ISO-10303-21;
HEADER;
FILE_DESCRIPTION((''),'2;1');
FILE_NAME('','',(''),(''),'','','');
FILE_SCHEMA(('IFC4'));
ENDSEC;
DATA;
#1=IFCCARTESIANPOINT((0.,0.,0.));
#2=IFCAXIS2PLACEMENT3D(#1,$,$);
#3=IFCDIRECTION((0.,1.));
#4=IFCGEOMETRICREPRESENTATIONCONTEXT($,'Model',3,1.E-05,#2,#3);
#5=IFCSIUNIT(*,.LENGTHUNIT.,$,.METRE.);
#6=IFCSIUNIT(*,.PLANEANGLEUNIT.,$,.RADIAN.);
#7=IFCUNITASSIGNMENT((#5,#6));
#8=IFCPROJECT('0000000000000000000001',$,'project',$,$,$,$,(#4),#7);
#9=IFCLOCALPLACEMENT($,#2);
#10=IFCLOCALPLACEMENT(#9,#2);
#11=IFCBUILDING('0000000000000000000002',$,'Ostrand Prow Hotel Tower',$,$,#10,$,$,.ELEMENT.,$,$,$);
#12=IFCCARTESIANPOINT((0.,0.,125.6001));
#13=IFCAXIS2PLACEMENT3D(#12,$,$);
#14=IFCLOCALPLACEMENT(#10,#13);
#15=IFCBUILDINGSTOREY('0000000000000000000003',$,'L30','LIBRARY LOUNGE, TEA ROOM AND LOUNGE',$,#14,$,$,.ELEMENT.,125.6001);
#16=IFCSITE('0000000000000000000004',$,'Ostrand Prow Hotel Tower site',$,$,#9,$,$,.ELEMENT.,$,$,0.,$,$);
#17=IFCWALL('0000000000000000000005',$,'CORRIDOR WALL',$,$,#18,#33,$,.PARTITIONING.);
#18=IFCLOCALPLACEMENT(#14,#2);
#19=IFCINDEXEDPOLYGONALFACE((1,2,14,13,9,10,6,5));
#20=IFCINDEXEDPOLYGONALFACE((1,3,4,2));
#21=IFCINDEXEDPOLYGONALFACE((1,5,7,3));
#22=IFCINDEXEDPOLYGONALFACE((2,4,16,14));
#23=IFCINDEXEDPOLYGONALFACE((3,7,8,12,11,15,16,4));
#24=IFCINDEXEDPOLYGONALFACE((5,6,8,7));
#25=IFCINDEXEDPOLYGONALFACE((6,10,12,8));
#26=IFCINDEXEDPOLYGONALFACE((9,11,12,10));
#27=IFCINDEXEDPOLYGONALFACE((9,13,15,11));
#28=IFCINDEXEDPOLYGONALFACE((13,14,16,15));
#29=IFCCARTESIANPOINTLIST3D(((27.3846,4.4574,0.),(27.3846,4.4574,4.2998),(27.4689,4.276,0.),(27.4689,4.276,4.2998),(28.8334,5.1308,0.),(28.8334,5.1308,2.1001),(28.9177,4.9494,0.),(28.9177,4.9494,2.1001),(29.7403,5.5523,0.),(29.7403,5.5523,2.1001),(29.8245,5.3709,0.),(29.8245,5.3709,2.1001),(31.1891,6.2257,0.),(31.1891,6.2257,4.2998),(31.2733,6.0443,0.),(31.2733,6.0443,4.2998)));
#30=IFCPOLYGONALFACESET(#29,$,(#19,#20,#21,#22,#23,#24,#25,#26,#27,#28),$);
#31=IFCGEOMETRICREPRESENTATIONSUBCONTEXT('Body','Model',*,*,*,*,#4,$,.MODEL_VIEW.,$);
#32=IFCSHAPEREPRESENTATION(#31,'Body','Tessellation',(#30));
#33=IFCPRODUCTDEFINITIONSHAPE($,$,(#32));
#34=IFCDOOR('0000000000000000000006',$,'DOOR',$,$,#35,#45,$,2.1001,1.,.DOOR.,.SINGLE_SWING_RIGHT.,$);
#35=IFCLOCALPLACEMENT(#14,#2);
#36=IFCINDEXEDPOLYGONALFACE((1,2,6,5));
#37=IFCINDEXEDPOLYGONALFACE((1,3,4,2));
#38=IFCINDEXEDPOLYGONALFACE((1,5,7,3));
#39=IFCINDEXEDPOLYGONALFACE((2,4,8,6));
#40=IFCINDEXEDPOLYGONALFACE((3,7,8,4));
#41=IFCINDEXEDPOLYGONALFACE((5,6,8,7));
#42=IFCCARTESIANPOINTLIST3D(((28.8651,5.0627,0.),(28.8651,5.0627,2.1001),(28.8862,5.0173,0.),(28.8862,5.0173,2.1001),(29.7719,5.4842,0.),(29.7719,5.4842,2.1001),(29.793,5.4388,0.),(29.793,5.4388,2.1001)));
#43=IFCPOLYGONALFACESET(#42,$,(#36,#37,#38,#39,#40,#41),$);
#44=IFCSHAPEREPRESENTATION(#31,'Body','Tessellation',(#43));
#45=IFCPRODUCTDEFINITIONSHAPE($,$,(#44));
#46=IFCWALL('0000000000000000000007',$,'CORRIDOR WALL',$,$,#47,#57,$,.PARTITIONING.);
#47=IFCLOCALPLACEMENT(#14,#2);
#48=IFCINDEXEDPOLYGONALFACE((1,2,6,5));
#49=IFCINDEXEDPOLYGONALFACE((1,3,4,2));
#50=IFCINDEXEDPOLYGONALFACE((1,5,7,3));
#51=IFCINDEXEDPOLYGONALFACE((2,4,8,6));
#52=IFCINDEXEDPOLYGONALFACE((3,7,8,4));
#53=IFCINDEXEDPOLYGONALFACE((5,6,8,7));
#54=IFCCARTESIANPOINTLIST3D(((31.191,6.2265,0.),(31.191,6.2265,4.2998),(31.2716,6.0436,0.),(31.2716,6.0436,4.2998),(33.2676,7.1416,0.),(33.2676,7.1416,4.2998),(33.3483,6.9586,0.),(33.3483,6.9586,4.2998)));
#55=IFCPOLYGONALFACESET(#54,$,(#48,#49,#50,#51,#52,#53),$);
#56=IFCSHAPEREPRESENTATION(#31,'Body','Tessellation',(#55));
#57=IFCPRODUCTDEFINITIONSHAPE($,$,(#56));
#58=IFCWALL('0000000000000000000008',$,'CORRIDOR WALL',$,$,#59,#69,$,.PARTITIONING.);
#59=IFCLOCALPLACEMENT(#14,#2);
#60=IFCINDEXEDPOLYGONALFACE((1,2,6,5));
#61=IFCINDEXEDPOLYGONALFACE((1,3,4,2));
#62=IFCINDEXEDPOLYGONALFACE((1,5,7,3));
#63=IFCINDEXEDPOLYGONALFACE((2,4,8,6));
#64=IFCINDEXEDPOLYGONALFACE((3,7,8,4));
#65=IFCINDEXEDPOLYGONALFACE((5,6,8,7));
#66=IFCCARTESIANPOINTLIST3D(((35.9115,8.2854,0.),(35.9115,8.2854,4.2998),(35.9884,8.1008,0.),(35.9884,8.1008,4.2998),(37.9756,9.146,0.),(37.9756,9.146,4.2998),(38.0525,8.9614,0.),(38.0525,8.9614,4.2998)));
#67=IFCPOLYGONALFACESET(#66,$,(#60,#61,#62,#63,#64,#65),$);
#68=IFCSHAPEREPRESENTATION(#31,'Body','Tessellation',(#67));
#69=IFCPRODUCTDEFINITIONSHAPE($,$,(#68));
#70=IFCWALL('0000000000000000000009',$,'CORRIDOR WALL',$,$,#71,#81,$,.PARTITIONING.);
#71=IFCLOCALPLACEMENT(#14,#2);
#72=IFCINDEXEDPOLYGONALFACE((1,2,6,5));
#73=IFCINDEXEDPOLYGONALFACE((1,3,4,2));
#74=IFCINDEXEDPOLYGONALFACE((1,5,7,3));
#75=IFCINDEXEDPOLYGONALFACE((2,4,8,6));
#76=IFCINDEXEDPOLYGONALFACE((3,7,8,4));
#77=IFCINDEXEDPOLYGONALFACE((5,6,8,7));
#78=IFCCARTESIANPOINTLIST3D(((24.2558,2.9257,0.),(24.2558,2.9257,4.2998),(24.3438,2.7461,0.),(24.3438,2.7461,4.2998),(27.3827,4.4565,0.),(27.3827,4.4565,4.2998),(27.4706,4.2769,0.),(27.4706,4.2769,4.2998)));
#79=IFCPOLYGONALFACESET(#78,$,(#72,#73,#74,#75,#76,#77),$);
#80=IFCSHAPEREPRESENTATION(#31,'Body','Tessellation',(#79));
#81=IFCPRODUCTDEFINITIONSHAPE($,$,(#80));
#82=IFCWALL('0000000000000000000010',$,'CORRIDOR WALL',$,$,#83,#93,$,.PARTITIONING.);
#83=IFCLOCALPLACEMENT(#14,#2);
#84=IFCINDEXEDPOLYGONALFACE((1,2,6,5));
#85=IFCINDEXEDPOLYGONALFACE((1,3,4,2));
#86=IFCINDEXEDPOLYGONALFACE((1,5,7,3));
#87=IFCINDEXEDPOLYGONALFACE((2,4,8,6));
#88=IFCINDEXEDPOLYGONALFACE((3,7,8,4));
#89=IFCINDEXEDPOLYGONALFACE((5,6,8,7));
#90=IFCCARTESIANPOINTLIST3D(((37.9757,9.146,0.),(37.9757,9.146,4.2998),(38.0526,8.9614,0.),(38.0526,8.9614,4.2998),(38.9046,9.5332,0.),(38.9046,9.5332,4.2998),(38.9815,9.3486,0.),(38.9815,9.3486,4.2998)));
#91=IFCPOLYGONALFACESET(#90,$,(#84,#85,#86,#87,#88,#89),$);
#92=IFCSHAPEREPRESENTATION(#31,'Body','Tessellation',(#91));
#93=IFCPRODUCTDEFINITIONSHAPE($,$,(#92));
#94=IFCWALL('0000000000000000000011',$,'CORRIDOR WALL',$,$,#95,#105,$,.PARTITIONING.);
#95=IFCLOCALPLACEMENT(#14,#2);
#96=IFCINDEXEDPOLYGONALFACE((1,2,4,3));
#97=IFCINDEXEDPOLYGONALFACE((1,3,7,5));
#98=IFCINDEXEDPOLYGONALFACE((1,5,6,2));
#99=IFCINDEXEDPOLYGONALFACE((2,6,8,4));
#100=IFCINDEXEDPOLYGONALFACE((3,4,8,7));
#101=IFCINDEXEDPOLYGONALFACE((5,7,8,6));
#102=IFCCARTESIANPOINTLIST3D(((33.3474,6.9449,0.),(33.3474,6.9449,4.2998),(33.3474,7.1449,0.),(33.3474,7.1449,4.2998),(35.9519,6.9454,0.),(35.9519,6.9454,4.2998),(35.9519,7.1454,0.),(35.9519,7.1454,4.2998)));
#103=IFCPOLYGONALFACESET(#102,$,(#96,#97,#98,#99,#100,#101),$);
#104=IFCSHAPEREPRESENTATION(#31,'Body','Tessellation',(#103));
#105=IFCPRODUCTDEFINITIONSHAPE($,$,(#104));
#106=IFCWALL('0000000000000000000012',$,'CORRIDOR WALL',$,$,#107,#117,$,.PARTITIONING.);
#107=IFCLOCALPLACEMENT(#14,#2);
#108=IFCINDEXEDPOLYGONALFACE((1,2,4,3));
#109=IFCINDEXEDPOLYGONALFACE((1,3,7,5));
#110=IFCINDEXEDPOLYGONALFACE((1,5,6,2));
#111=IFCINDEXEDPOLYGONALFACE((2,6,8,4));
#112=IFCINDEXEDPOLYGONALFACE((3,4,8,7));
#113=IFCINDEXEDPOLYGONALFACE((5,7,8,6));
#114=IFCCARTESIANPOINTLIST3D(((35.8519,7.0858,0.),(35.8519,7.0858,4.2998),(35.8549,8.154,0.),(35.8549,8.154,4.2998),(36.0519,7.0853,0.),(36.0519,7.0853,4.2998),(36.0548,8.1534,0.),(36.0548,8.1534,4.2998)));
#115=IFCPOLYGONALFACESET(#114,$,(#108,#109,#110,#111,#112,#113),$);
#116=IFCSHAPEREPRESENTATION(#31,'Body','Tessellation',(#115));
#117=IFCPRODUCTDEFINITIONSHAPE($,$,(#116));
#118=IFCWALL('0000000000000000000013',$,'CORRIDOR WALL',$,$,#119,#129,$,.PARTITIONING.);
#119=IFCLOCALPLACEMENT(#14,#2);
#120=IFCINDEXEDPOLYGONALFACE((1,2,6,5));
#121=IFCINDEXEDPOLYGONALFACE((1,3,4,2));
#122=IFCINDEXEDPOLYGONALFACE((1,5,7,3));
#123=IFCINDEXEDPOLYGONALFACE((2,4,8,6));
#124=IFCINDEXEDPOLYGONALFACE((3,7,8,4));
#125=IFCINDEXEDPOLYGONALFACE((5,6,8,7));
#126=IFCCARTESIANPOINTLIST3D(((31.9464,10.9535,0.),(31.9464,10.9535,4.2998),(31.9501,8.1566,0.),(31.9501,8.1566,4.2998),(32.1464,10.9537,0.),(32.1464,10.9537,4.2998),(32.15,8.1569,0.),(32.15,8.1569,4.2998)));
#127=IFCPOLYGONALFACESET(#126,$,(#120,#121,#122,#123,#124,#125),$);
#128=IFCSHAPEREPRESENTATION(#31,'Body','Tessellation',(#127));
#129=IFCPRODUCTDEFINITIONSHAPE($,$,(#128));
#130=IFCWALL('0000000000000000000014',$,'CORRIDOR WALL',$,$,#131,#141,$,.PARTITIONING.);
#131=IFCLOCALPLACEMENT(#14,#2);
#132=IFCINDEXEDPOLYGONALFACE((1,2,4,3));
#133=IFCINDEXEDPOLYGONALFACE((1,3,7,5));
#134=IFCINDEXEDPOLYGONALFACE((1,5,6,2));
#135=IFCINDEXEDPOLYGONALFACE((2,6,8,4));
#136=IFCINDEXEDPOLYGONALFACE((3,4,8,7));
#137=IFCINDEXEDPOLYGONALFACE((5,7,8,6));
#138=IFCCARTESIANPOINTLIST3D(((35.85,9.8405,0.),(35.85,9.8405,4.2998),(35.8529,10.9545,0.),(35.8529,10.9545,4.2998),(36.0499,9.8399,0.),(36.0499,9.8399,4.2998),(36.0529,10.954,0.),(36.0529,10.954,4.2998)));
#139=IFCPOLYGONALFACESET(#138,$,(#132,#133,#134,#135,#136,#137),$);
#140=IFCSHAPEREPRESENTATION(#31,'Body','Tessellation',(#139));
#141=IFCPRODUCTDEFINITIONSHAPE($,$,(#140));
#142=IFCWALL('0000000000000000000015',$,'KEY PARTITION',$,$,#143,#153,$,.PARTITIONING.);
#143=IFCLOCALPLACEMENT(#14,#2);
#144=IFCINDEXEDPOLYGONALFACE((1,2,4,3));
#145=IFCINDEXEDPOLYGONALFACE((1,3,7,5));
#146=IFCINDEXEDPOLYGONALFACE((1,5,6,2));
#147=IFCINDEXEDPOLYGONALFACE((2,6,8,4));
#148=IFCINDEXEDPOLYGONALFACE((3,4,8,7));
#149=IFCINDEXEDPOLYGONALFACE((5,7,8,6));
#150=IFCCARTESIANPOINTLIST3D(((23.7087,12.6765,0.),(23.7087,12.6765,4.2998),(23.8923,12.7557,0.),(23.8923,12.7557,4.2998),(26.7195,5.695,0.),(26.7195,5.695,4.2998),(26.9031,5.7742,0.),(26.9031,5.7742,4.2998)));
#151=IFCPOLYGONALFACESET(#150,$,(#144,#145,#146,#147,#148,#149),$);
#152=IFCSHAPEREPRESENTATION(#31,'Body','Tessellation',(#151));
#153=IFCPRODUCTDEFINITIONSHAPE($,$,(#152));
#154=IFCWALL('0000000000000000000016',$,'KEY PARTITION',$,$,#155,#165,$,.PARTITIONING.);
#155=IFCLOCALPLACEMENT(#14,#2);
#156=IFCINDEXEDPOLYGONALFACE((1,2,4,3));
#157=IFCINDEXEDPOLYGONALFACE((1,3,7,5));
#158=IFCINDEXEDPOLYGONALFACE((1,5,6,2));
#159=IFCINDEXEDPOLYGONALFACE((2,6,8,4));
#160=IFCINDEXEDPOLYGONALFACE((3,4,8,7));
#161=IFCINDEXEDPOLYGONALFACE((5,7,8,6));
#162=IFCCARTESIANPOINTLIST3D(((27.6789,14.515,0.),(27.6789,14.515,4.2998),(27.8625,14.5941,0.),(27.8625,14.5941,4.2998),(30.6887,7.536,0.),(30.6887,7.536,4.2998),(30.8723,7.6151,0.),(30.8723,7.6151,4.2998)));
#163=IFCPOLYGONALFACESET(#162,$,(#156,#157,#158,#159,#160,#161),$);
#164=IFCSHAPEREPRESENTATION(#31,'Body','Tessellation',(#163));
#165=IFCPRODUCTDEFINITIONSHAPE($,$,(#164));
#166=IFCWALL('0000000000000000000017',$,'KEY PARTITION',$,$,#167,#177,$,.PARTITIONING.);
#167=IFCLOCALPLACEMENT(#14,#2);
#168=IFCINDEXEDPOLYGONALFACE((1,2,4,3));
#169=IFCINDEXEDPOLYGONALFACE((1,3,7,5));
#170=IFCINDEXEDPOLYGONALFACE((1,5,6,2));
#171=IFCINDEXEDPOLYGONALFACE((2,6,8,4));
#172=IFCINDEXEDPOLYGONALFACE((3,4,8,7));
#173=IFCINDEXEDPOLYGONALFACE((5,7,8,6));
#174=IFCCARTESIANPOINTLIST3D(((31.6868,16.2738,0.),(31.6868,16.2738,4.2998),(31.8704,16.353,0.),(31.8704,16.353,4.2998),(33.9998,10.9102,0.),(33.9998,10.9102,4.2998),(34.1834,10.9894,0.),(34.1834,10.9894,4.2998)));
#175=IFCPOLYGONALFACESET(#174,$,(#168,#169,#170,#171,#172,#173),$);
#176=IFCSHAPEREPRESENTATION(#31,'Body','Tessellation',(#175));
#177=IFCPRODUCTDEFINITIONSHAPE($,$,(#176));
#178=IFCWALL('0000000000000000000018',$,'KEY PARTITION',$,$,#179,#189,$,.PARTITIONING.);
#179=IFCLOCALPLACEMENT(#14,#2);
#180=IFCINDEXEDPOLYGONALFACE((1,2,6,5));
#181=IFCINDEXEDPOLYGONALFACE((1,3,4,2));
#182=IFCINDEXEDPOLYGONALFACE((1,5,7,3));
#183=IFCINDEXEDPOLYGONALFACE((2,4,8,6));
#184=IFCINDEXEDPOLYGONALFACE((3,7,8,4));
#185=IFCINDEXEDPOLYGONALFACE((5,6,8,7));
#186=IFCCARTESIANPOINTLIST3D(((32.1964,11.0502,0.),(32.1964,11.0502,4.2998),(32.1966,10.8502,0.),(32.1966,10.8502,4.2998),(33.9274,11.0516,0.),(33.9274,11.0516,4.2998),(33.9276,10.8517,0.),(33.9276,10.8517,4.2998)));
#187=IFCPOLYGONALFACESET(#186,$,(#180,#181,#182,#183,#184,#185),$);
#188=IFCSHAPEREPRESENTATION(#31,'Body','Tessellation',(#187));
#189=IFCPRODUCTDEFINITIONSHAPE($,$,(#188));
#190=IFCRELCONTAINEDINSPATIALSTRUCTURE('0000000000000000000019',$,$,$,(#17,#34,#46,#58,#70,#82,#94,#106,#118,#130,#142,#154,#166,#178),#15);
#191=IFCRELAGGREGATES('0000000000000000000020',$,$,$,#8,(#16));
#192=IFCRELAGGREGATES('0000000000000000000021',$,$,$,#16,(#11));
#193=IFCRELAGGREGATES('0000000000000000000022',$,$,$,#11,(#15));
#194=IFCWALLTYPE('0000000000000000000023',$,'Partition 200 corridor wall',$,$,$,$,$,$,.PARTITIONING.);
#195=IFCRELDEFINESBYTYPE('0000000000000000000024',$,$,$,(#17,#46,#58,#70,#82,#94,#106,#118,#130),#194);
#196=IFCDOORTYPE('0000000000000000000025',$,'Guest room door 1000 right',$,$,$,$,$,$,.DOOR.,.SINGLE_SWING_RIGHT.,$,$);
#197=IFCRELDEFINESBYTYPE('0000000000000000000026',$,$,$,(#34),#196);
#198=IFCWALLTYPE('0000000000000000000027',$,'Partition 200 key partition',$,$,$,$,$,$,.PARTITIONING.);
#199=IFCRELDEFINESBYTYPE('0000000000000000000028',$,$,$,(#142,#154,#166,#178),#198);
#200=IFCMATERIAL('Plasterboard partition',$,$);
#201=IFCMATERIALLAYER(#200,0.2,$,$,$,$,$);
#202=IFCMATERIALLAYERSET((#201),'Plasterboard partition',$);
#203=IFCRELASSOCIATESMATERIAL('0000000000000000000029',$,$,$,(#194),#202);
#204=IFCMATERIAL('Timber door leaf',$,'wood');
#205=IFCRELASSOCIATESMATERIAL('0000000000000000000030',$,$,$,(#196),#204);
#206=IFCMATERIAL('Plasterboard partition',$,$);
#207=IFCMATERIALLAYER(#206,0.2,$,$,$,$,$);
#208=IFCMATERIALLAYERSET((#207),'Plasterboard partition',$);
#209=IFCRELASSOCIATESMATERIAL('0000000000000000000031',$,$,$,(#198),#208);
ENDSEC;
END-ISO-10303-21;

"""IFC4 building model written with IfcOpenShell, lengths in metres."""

from ifc_helpers import new_model, si_unit, direction, frame, frame_2d, origin, place, context, subcontext, project, spatial, rectangle, extrude, material, layer, layer_set, type_object, element, fill, save


model = new_model("IFC4")

# Units and contexts
model_context = context("Model", 3, precision=1e-05, world=origin(), true_north=direction((0.0, 1.0)))
body_context = subcontext(model_context, "Body", "Model", "MODEL_VIEW")
ifc_project = project(units=[si_unit("LENGTHUNIT", "METRE"), si_unit("PLANEANGLEUNIT", "RADIAN")], contexts=[model_context])

# Site, building, storey
site_placement = place(None, origin())
site = spatial("IfcSite", under=ifc_project, at=site_placement, Name="Ostrand Prow Hotel Tower site", CompositionType="ELEMENT", RefElevation=0.0)
building_placement = place(site_placement, origin())
building = spatial("IfcBuilding", under=site, at=building_placement, Name="Ostrand Prow Hotel Tower", CompositionType="ELEMENT")
storey_placement = place(building_placement, frame((0.0, 0.0, 125.6001)))
storey = spatial("IfcBuildingStorey", under=building, at=storey_placement, Name="L30", Description="LIBRARY LOUNGE, TEA ROOM AND LOUNGE", CompositionType="ELEMENT", Elevation=125.6001)

# Shared definitions
ifc_material_1 = material(Name="Plasterboard partition")
ifc_layer_1 = layer(ifc_material_1, 0.2)
ifc_layer_set_1 = layer_set([ifc_layer_1], Name="Plasterboard partition")
wall_type_1 = type_object("IfcWallType", Name="Partition 200 corridor wall", PredefinedType="PARTITIONING", material=ifc_layer_set_1)
ifc_material_2 = material(Name="Timber door leaf", Category="wood")
door_type_1 = type_object("IfcDoorType", Name="Guest room door 1000 right", OperationType="SINGLE_SWING_RIGHT", PredefinedType="DOOR", material=ifc_material_2)

# Wall, opening, door
wall_1_placement = place(storey_placement, frame((27.4268, 4.3667, 0.0), z_axis=(0.0, 0.0, 1.0), x_axis=(0.90683, 0.421496, 0.0)))
wall_1 = element("IfcWall", 1, at=wall_1_placement, inside=storey, type_object=wall_type_1, Name="CORRIDOR WALL", PredefinedType="PARTITIONING", context=body_context, shape_type="SweptSolid", body=[
    extrude(rectangle(XDim=4.1953, YDim=0.2, at=frame_2d((2.0977, 0.0))), origin(), (0.0, 0.0, 1.0), 4.2998),
])
opening_1_placement = place(wall_1_placement, frame((1.5977, 0.0, 0.0)))
opening_1 = element("IfcOpeningElement", 2, at=opening_1_placement, cuts=wall_1, PredefinedType="OPENING", context=body_context, shape_type="SweptSolid", body=[
    extrude(rectangle(XDim=1.0, YDim=2.1001, at=frame_2d((0.5, 1.05))), frame((0.0, 0.1099, 0.0), z_axis=(0.0, -1.0, 0.0), x_axis=(1.0, 0.0, 0.0)), (0.0, 0.0, 1.0), 0.22),
])
door_1_placement = place(opening_1_placement, origin())
door_1 = element("IfcDoor", 3, at=door_1_placement, inside=storey, type_object=door_type_1, Name="DOOR", OperationType="SINGLE_SWING_RIGHT", OverallHeight=2.1001, OverallWidth=1.0, PredefinedType="DOOR", context=body_context, shape_type="SweptSolid", body=[
    extrude(rectangle(XDim=1.0, YDim=2.1001, at=frame_2d((0.5, 1.05))), frame((0.0, 0.0249, 0.0), z_axis=(0.0, -1.0, 0.0), x_axis=(1.0, 0.0, 0.0)), (0.0, 0.0, 1.0), 0.05),
])
fill(opening_1, door_1)

# Walls
wall_2_placement = place(storey_placement, frame((31.2312, 6.135, 0.0), z_axis=(0.0, 0.0, 1.0), x_axis=(0.915102, 0.403222, 0.0)))
element("IfcWall", 4, at=wall_2_placement, inside=storey, type_object=wall_type_1, Name="CORRIDOR WALL", PredefinedType="PARTITIONING", context=body_context, shape_type="SweptSolid", body=[
    extrude(rectangle(XDim=2.2693, YDim=0.2, at=frame_2d((1.1348, 0.0))), origin(), (0.0, 0.0, 1.0), 4.2998),
])
wall_3_placement = place(storey_placement, frame((35.95, 8.1931, 0.0), z_axis=(0.0, 0.0, 1.0), x_axis=(0.922996, 0.384809, 0.0)))
element("IfcWall", 5, at=wall_3_placement, inside=storey, type_object=wall_type_1, Name="CORRIDOR WALL", PredefinedType="PARTITIONING", context=body_context, shape_type="SweptSolid", body=[
    extrude(rectangle(XDim=2.2363, YDim=0.2, at=frame_2d((1.1182, 0.0))), origin(), (0.0, 0.0, 1.0), 4.2998),
])
wall_4_placement = place(storey_placement, frame((24.2998, 2.8359, 0.0), z_axis=(0.0, 0.0, 1.0), x_axis=(0.898154, 0.43968, 0.0)))
element("IfcWall", 6, at=wall_4_placement, inside=storey, type_object=wall_type_1, Name="CORRIDOR WALL", PredefinedType="PARTITIONING", context=body_context, shape_type="SweptSolid", body=[
    extrude(rectangle(XDim=3.4814, YDim=0.2, at=frame_2d((1.7407, 0.0))), origin(), (0.0, 0.0, 1.0), 4.2998),
])
wall_5_placement = place(storey_placement, frame((38.0142, 9.0537, 0.0), z_axis=(0.0, 0.0, 1.0), x_axis=(0.923027, 0.384736, 0.0)))
element("IfcWall", 7, at=wall_5_placement, inside=storey, type_object=wall_type_1, Name="CORRIDOR WALL", PredefinedType="PARTITIONING", context=body_context, shape_type="SweptSolid", body=[
    extrude(rectangle(XDim=1.0063, YDim=0.2, at=frame_2d((0.5032, 0.0))), origin(), (0.0, 0.0, 1.0), 4.2998),
])
wall_6_placement = place(storey_placement, frame((33.3474, 7.0449, 0.0), z_axis=(0.0, 0.0, 1.0), x_axis=(1.0, 0.000187, 0.0)))
element("IfcWall", 8, at=wall_6_placement, inside=storey, type_object=wall_type_1, Name="CORRIDOR WALL", PredefinedType="PARTITIONING", context=body_context, shape_type="SweptSolid", body=[
    extrude(rectangle(XDim=2.6045, YDim=0.2, at=frame_2d((1.3022, 0.0))), origin(), (0.0, 0.0, 1.0), 4.2998),
])
wall_7_placement = place(storey_placement, frame((35.9519, 7.0854, 0.0), z_axis=(0.0, 0.0, 1.0), x_axis=(0.002743, 0.999996, 0.0)))
element("IfcWall", 9, at=wall_7_placement, inside=storey, type_object=wall_type_1, Name="CORRIDOR WALL", PredefinedType="PARTITIONING", context=body_context, shape_type="SweptSolid", body=[
    extrude(rectangle(XDim=1.0681, YDim=0.2, at=frame_2d((0.5342, 0.0))), origin(), (0.0, 0.0, 1.0), 4.2998),
])
wall_8_placement = place(storey_placement, frame((32.0464, 10.9536, 0.0), z_axis=(0.0, 0.0, 1.0), x_axis=(0.001309, -0.999999, 0.0)))
element("IfcWall", 10, at=wall_8_placement, inside=storey, type_object=wall_type_1, Name="CORRIDOR WALL", PredefinedType="PARTITIONING", context=body_context, shape_type="SweptSolid", body=[
    extrude(rectangle(XDim=2.7969, YDim=0.2, at=frame_2d((1.3984, 0.0))), origin(), (0.0, 0.0, 1.0), 4.2998),
])
wall_9_placement = place(storey_placement, frame((35.95, 9.8401, 0.0), z_axis=(0.0, 0.0, 1.0), x_axis=(0.00263, 0.999997, 0.0)))
element("IfcWall", 11, at=wall_9_placement, inside=storey, type_object=wall_type_1, Name="CORRIDOR WALL", PredefinedType="PARTITIONING", context=body_context, shape_type="SweptSolid", body=[
    extrude(rectangle(XDim=1.114, YDim=0.2, at=frame_2d((0.5571, 0.0))), origin(), (0.0, 0.0, 1.0), 4.2998),
])
ifc_material_3 = material(Name="Plasterboard partition")
ifc_layer_2 = layer(ifc_material_3, 0.2)
ifc_layer_set_2 = layer_set([ifc_layer_2], Name="Plasterboard partition")
wall_type_2 = type_object("IfcWallType", Name="Partition 200 key partition", PredefinedType="PARTITIONING", material=ifc_layer_set_2)
wall_10_placement = place(storey_placement, frame((26.8113, 5.7346, 0.0), z_axis=(0.0, 0.0, 1.0), x_axis=(-0.395996, 0.918252, 0.0)))
element("IfcWall", 12, at=wall_10_placement, inside=storey, type_object=wall_type_2, Name="KEY PARTITION", PredefinedType="PARTITIONING", context=body_context, shape_type="SweptSolid", body=[
    extrude(rectangle(XDim=7.603, YDim=0.2, at=frame_2d((3.8015, 0.0))), origin(), (0.0, 0.0, 1.0), 4.2998),
])
wall_11_placement = place(storey_placement, frame((30.7805, 7.5754, 0.0), z_axis=(0.0, 0.0, 1.0), x_axis=(-0.396004, 0.918249, 0.0)))
element("IfcWall", 13, at=wall_11_placement, inside=storey, type_object=wall_type_2, Name="KEY PARTITION", PredefinedType="PARTITIONING", context=body_context, shape_type="SweptSolid", body=[
    extrude(rectangle(XDim=7.6003, YDim=0.2, at=frame_2d((3.8003, 0.0))), origin(), (0.0, 0.0, 1.0), 4.2998),
])
wall_12_placement = place(storey_placement, frame((34.0916, 10.95, 0.0), z_axis=(0.0, 0.0, 1.0), x_axis=(-0.395992, 0.918254, 0.0)))
element("IfcWall", 14, at=wall_12_placement, inside=storey, type_object=wall_type_2, Name="KEY PARTITION", PredefinedType="PARTITIONING", context=body_context, shape_type="SweptSolid", body=[
    extrude(rectangle(XDim=5.8411, YDim=0.2, at=frame_2d((2.9204, 0.0))), origin(), (0.0, 0.0, 1.0), 4.2998),
])
wall_13_placement = place(storey_placement, frame((32.1965, 10.9502, 0.0), z_axis=(0.0, 0.0, 1.0), x_axis=(1.0, 0.000846, 0.0)))
element("IfcWall", 15, at=wall_13_placement, inside=storey, type_object=wall_type_2, Name="KEY PARTITION", PredefinedType="PARTITIONING", context=body_context, shape_type="SweptSolid", body=[
    extrude(rectangle(XDim=1.731, YDim=0.2, at=frame_2d((0.8655, 0.0))), origin(), (0.0, 0.0, 1.0), 4.2998),
])

save(model, "model.ifc")
